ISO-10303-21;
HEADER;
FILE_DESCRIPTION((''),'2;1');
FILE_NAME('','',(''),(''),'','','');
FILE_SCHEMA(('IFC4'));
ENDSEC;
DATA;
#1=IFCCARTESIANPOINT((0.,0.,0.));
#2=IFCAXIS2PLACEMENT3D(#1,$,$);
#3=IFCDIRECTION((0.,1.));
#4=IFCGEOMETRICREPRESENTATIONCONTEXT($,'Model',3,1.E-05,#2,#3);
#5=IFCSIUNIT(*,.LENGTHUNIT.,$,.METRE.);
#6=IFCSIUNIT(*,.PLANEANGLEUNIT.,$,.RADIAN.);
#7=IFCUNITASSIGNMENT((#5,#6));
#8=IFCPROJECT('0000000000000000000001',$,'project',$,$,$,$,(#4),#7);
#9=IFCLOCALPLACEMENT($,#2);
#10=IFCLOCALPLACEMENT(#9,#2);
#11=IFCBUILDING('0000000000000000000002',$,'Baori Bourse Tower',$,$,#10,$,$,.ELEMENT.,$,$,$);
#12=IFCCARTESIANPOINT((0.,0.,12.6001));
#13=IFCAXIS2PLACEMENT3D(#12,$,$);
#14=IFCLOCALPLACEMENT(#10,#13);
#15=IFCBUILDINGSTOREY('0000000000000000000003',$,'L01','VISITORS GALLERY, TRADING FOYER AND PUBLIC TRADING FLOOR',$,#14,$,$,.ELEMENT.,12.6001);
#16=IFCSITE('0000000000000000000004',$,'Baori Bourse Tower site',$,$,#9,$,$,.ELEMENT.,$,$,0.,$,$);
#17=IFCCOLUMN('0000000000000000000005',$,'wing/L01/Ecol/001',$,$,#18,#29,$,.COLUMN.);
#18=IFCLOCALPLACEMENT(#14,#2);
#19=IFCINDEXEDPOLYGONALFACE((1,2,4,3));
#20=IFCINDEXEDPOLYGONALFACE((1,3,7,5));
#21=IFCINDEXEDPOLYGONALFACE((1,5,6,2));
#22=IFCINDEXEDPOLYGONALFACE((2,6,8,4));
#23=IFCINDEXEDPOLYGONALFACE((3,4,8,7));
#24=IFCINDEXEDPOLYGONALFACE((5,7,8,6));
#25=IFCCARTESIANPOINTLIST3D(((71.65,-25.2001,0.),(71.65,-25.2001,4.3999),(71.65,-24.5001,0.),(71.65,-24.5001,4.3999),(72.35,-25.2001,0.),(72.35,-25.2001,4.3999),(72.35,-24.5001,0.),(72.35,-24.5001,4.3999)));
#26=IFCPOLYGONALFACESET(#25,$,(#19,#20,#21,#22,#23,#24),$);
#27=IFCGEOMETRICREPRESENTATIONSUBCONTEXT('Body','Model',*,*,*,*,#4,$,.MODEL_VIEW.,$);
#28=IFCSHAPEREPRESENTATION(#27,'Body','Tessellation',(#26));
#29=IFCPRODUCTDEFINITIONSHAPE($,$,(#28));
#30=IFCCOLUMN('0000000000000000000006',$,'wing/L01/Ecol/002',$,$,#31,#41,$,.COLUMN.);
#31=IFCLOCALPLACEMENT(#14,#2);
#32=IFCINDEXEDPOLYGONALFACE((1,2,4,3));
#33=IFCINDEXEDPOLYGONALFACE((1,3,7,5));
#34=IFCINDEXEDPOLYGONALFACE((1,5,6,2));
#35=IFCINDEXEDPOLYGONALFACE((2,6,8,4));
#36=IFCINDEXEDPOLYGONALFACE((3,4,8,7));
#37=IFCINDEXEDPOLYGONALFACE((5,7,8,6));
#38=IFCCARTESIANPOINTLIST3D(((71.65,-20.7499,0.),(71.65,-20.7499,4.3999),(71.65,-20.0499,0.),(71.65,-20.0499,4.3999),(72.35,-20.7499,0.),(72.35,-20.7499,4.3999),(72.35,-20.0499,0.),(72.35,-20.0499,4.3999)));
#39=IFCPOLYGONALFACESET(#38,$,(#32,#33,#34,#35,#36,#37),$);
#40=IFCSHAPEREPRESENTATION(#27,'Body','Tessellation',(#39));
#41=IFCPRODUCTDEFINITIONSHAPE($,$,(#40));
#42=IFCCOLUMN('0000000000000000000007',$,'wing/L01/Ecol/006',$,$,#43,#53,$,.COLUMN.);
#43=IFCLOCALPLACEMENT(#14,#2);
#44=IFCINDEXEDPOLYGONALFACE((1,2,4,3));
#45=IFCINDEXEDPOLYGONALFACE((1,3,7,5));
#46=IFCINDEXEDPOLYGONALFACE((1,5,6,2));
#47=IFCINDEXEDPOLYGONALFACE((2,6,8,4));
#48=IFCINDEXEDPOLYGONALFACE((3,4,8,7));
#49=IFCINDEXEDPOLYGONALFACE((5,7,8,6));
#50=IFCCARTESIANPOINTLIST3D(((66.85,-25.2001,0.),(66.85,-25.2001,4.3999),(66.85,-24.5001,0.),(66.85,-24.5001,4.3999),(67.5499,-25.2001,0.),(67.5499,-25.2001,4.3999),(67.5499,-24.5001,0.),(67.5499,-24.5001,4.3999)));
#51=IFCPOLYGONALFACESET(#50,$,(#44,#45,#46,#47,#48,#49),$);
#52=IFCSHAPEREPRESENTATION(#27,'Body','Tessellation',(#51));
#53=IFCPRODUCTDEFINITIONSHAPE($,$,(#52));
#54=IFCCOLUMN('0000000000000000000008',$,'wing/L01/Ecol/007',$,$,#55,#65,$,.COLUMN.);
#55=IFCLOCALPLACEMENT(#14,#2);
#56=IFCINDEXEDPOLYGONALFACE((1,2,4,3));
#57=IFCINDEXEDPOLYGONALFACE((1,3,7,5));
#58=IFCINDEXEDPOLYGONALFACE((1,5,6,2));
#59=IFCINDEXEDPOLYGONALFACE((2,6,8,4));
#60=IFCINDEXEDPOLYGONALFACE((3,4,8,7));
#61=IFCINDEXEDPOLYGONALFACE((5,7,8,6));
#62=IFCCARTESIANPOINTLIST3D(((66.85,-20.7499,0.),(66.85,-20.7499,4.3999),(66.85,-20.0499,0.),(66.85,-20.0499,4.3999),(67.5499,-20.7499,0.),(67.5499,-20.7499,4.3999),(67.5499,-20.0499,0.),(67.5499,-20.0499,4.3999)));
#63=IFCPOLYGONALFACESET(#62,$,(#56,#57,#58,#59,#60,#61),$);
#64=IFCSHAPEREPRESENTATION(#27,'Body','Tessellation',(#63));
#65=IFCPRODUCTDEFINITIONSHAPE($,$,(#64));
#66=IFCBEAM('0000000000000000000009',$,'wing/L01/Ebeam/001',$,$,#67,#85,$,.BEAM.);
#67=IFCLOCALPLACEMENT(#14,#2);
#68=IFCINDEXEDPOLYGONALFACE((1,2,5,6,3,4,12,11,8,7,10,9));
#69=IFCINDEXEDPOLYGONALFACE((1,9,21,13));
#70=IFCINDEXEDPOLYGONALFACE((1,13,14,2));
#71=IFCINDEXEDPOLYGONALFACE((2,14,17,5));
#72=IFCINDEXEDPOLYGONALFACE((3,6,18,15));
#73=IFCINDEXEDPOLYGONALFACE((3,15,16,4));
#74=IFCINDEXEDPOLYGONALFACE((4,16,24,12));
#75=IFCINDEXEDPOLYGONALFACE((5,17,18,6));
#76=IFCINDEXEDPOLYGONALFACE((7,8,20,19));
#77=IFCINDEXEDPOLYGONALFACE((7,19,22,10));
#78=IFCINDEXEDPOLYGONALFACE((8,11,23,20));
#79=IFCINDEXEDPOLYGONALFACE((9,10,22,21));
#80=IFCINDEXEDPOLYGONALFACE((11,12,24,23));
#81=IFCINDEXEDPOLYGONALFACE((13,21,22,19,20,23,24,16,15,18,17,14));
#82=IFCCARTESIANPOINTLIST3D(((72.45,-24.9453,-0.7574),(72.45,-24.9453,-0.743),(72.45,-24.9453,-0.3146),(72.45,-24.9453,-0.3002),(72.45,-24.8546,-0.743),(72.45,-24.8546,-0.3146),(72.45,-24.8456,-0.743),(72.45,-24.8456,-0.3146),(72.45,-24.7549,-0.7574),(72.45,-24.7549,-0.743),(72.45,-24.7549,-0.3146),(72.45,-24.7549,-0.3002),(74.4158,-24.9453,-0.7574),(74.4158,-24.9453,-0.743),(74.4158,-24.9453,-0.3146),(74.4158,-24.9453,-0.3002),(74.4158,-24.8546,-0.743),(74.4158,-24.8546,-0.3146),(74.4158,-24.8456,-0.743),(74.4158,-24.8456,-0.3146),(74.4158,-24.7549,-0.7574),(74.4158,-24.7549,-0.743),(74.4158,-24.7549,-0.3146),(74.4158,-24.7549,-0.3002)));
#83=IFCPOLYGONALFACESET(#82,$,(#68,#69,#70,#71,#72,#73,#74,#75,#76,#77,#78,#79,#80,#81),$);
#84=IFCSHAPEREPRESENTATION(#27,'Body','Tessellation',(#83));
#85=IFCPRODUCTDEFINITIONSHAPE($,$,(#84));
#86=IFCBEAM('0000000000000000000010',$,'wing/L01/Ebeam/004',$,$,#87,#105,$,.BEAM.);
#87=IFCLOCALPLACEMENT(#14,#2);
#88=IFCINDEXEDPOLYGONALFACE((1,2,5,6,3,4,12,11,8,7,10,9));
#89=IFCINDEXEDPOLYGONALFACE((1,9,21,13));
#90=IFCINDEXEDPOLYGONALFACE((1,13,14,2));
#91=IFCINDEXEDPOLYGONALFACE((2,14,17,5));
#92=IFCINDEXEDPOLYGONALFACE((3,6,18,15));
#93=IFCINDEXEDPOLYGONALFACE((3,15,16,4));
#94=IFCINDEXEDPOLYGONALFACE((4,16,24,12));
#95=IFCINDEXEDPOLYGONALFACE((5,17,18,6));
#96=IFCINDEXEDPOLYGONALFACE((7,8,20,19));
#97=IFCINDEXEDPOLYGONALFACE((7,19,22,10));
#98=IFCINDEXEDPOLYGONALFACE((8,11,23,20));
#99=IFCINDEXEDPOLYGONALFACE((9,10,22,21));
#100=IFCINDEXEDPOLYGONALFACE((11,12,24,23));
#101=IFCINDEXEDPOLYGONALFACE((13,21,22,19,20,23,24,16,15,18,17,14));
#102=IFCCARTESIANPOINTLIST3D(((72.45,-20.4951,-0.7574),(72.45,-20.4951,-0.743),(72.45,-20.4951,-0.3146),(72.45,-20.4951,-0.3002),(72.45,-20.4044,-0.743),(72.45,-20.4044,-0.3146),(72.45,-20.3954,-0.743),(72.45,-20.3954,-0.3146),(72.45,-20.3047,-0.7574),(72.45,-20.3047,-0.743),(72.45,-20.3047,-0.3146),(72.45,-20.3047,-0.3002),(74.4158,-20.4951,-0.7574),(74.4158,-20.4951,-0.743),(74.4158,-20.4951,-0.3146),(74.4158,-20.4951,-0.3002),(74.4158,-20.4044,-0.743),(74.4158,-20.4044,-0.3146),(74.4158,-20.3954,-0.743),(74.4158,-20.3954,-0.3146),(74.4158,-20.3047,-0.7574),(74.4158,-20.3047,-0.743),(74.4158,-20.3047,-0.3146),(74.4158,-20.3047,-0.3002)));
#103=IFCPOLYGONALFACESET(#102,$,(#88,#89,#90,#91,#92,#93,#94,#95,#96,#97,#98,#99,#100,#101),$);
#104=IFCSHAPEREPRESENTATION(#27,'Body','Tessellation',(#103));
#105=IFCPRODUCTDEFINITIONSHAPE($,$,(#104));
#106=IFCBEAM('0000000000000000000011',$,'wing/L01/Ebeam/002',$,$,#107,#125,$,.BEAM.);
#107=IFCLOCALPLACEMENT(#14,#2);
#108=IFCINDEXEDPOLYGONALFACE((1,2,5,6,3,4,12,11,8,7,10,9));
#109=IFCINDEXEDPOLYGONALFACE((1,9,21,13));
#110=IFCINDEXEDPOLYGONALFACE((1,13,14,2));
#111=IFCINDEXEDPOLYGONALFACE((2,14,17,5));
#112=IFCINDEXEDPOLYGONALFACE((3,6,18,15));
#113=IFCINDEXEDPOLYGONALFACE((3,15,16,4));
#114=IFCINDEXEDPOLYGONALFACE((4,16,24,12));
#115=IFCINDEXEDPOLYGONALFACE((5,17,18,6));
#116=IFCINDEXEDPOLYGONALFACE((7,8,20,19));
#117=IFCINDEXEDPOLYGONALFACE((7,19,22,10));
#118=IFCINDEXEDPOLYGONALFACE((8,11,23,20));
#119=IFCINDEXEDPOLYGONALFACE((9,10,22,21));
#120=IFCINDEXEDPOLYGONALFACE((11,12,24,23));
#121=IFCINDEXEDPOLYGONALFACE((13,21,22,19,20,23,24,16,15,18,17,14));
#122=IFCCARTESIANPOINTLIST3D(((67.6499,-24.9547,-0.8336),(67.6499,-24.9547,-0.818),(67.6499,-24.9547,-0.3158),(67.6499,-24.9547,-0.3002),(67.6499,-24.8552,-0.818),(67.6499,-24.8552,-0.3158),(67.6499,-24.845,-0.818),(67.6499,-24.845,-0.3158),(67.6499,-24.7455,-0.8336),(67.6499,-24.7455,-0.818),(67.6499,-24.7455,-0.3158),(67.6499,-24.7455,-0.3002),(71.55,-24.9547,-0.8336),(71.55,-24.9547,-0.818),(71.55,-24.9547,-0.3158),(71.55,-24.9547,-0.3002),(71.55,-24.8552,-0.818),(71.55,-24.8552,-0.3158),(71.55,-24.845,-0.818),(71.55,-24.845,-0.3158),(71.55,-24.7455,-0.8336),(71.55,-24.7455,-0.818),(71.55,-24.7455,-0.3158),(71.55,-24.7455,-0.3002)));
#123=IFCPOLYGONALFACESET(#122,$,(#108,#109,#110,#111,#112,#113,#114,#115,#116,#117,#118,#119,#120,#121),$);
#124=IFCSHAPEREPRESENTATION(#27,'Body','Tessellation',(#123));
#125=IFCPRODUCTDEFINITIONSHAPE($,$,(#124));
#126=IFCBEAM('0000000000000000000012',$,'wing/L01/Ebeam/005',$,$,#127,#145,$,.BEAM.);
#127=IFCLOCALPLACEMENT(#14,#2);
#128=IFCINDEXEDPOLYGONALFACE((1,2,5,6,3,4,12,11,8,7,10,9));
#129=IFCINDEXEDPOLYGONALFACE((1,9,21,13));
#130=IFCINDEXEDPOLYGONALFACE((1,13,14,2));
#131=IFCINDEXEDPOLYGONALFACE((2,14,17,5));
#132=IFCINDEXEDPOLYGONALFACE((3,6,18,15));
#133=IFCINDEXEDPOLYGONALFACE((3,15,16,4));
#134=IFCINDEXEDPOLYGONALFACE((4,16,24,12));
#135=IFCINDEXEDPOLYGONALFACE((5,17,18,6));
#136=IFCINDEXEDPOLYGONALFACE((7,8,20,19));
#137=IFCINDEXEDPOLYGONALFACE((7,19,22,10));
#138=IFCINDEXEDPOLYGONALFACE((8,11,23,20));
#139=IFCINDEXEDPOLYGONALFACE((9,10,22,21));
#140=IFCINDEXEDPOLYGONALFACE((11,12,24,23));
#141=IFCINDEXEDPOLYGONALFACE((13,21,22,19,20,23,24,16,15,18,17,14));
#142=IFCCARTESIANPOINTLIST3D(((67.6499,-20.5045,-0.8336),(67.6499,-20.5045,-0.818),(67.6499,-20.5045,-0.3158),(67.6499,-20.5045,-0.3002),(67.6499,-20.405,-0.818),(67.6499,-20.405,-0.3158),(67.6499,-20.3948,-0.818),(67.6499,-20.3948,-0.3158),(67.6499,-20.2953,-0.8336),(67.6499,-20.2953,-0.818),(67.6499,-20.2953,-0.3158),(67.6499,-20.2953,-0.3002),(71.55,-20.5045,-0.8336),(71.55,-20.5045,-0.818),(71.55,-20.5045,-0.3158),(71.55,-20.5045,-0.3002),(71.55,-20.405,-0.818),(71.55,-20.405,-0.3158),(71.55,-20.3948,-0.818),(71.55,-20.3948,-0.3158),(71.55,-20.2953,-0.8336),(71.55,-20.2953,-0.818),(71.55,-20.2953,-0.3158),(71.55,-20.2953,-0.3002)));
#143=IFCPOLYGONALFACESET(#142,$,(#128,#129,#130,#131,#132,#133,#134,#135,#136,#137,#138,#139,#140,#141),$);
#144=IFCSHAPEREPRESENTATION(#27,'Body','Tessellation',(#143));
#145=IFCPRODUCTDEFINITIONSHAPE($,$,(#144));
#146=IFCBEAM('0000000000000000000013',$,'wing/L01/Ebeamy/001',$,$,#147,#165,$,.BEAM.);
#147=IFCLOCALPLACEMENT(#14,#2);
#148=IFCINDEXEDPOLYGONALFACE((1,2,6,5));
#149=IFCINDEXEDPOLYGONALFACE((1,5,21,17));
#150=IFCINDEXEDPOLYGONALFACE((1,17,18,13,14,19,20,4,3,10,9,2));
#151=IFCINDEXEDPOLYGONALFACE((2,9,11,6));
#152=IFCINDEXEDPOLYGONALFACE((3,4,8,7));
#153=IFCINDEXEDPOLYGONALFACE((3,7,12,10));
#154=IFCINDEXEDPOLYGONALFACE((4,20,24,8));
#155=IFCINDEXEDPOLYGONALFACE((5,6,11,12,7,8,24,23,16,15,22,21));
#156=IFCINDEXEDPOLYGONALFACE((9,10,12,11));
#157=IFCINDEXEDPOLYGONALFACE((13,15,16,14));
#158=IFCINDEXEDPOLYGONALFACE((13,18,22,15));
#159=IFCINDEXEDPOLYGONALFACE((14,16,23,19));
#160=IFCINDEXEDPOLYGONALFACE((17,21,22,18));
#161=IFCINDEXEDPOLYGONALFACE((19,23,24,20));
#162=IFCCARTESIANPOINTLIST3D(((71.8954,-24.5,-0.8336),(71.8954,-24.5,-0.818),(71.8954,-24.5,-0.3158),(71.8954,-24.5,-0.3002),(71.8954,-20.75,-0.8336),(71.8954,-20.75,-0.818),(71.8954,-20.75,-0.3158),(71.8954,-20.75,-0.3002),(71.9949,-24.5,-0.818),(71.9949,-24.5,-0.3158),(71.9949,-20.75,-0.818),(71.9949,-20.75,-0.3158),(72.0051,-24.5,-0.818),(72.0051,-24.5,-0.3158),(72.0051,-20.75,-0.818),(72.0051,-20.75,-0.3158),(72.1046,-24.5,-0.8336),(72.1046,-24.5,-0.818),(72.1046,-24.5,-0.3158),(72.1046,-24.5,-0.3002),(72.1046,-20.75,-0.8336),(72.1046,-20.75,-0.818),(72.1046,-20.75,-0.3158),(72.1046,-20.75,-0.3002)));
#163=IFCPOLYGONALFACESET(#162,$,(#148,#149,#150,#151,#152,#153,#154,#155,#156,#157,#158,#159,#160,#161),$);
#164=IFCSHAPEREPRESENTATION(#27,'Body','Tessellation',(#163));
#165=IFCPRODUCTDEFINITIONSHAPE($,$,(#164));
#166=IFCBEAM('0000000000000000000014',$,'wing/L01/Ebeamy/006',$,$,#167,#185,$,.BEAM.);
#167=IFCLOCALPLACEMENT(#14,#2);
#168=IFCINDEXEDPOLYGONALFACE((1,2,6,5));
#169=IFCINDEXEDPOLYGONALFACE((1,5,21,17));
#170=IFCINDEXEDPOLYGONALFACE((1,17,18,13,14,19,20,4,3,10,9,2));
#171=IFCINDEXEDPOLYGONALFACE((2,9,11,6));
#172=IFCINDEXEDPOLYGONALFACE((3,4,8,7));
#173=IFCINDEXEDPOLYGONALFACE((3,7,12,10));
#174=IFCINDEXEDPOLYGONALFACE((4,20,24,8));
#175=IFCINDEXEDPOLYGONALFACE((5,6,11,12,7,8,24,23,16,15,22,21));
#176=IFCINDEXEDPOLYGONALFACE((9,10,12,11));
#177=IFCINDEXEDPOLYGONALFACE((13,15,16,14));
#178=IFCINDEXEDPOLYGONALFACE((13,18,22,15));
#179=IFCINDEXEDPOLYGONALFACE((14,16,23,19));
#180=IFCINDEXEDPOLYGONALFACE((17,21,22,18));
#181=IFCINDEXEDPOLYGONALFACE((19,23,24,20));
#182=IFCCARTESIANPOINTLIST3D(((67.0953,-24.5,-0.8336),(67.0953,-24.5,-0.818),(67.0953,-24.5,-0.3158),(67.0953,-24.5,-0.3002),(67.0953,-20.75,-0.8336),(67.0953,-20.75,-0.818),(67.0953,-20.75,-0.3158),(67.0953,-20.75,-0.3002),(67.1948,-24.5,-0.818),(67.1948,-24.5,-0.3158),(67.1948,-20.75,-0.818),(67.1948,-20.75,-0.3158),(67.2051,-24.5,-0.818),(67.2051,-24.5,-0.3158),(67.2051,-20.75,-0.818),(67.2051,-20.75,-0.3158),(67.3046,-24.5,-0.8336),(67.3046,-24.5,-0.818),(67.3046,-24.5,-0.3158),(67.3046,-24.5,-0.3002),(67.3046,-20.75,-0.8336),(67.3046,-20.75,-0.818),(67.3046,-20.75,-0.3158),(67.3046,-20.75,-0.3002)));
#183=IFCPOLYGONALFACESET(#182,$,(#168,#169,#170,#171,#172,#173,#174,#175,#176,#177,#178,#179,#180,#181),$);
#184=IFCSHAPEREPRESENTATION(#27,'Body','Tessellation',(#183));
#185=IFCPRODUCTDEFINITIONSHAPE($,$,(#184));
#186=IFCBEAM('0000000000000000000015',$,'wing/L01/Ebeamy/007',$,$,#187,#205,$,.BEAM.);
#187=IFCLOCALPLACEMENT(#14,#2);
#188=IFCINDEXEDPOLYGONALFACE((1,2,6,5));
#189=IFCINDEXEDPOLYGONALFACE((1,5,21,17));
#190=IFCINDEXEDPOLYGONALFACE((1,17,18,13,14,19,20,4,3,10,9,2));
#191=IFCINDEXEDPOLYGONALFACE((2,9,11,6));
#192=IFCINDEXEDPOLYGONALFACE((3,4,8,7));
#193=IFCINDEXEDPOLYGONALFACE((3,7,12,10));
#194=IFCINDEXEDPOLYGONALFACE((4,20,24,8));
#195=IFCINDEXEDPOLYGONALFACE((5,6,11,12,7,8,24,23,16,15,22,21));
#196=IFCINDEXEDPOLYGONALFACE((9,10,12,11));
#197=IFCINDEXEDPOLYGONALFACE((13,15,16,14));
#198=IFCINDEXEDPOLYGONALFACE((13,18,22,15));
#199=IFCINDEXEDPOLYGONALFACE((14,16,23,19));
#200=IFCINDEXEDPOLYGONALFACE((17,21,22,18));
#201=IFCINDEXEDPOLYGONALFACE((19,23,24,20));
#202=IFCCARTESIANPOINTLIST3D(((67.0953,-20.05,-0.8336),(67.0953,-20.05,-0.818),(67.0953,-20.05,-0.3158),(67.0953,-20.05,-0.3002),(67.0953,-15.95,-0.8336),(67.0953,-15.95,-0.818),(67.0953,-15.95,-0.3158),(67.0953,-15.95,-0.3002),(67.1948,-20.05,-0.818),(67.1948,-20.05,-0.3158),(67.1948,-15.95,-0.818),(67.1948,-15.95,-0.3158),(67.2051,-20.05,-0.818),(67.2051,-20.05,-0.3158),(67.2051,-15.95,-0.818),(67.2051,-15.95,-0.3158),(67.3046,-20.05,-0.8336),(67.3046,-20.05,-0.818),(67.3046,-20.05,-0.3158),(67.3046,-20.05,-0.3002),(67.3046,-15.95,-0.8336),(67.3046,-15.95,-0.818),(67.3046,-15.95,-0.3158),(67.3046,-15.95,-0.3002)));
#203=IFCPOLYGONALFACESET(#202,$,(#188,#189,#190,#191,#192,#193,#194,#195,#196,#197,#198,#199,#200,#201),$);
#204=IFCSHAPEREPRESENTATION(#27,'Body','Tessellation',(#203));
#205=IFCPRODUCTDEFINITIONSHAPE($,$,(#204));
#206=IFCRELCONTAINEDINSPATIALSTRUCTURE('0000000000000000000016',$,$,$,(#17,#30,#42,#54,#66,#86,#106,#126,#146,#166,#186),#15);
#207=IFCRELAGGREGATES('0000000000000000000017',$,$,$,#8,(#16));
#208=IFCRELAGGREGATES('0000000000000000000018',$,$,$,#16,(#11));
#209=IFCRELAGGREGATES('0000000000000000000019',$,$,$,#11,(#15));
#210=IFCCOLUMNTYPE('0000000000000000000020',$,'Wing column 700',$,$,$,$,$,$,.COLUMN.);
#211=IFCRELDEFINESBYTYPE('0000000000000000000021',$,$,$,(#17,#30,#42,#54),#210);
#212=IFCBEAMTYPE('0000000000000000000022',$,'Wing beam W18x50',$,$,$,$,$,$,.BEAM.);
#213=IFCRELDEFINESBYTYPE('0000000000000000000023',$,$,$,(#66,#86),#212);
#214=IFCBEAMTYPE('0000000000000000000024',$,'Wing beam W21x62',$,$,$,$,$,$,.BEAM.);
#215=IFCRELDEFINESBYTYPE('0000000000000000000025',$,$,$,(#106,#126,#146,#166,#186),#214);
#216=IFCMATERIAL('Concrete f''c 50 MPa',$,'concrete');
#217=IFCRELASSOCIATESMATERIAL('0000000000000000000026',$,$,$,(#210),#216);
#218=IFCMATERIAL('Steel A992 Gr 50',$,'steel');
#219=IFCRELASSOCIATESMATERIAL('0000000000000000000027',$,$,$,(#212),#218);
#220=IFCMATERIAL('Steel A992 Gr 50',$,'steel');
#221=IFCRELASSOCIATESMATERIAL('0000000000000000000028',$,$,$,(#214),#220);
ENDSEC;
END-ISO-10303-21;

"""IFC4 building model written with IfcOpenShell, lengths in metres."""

from ifc_helpers import new_model, si_unit, direction, frame, origin, origin_2d, place, context, subcontext, project, spatial, rectangle, i_section, extrude, material, material_profile, profile_set, type_object, element, save


model = new_model("IFC4")

# Units and contexts
model_context = context("Model", 3, precision=1e-05, world=origin(), true_north=direction((0.0, 1.0)))
body_context = subcontext(model_context, "Body", "Model", "MODEL_VIEW")
ifc_project = project(units=[si_unit("LENGTHUNIT", "METRE"), si_unit("PLANEANGLEUNIT", "RADIAN")], contexts=[model_context])

# Site, building, storey
site_placement = place(None, origin())
site = spatial("IfcSite", under=ifc_project, at=site_placement, Name="Baori Bourse Tower site", CompositionType="ELEMENT", RefElevation=0.0)
building_placement = place(site_placement, origin())
building = spatial("IfcBuilding", under=site, at=building_placement, Name="Baori Bourse Tower", CompositionType="ELEMENT")
storey_placement = place(building_placement, frame((0.0, 0.0, 12.6001)))
storey = spatial("IfcBuildingStorey", under=building, at=storey_placement, Name="L01", Description="VISITORS GALLERY, TRADING FOYER AND PUBLIC TRADING FLOOR", CompositionType="ELEMENT", Elevation=12.6001)

# Columns
ifc_material_1 = material(Name="Concrete f'c 50 MPa", Category="concrete")
ifc_material_profile_1 = material_profile(ifc_material_1, rectangle(XDim=0.7, YDim=0.7, at=origin_2d()), Name="Wing column 700")
ifc_profile_set_1 = profile_set([ifc_material_profile_1], Name="Concrete f'c 50 MPa")
column_type = type_object("IfcColumnType", Name="Wing column 700", PredefinedType="COLUMN", material=ifc_profile_set_1)
for number, where, z_axis, x_axis, name in (
    (1, (72.0, -24.8501, 0.0), (0.0, 0.0, 1.0), (1.0, 0.0, 0.0), "wing/L01/Ecol/001"),
    (2, (72.0, -20.3999, 0.0), (0.0, 0.0, 1.0), (1.0, 0.0, 0.0), "wing/L01/Ecol/002"),
    (3, (67.2, -24.8501, 0.0), (0.0, 0.0, 1.0), (1.0, 0.0, 0.0), "wing/L01/Ecol/006"),
    (4, (67.2, -20.3999, 0.0), (0.0, 0.0, 1.0), (1.0, 0.0, 0.0), "wing/L01/Ecol/007"),
):
    element("IfcColumn", number, at=place(storey_placement, frame(where, z_axis=z_axis, x_axis=x_axis)), inside=storey, type_object=column_type, Name=name, PredefinedType="COLUMN", context=body_context, shape_type="SweptSolid", body=[
        extrude(rectangle(XDim=0.7, YDim=0.7, at=origin_2d()), origin(), (0.0, 0.0, 1.0), 4.3999),
    ])

# Beams
ifc_material_2 = material(Name="Steel A992 Gr 50", Category="steel")
ifc_material_profile_2 = material_profile(ifc_material_2, i_section(OverallWidth=0.1904, OverallDepth=0.4573, WebThickness=0.009, FlangeThickness=0.0144, at=origin_2d()), Name="W18x50")
ifc_profile_set_2 = profile_set([ifc_material_profile_2], Name="Steel A992 Gr 50")
beam_type_1 = type_object("IfcBeamType", Name="Wing beam W18x50", PredefinedType="BEAM", material=ifc_profile_set_2)
for number, where, z_axis, x_axis, name in (
    (5, (74.4158, -24.8501, -0.5288), (-1.0, 0.0, 0.0), (0.0, -1.0, 0.0), "wing/L01/Ebeam/001"),
    (6, (74.4158, -20.3999, -0.5288), (-1.0, 0.0, 0.0), (0.0, -1.0, 0.0), "wing/L01/Ebeam/004"),
):
    element("IfcBeam", number, at=place(storey_placement, frame(where, z_axis=z_axis, x_axis=x_axis)), inside=storey, type_object=beam_type_1, Name=name, PredefinedType="BEAM", context=body_context, shape_type="SweptSolid", body=[
        extrude(i_section(OverallWidth=0.1904, OverallDepth=0.4573, WebThickness=0.009, FlangeThickness=0.0144, at=origin_2d()), origin(), (0.0, 0.0, 1.0), 1.9658),
    ])
ifc_material_3 = material(Name="Steel A992 Gr 50", Category="steel")
ifc_material_profile_3 = material_profile(ifc_material_3, i_section(OverallWidth=0.2092, OverallDepth=0.5334, WebThickness=0.0103, FlangeThickness=0.0156, at=origin_2d()), Name="W21x62")
ifc_profile_set_3 = profile_set([ifc_material_profile_3], Name="Steel A992 Gr 50")
beam_type_2 = type_object("IfcBeamType", Name="Wing beam W21x62", PredefinedType="BEAM", material=ifc_profile_set_3)
for number, where, z_axis, x_axis, name in (
    (7, (71.55, -24.8501, -0.5669), (-1.0, 0.0, 0.0), (0.0, -1.0, 0.0), "wing/L01/Ebeam/002"),
    (8, (71.55, -20.3999, -0.5669), (-1.0, 0.0, 0.0), (0.0, -1.0, 0.0), "wing/L01/Ebeam/005"),
):
    element("IfcBeam", number, at=place(storey_placement, frame(where, z_axis=z_axis, x_axis=x_axis)), inside=storey, type_object=beam_type_2, Name=name, PredefinedType="BEAM", context=body_context, shape_type="SweptSolid", body=[
        extrude(i_section(OverallWidth=0.2092, OverallDepth=0.5334, WebThickness=0.0103, FlangeThickness=0.0156, at=origin_2d()), origin(), (0.0, 0.0, 1.0), 3.9001),
    ])
for number, where, z_axis, x_axis, name in (
    (9, (72.0, -24.5, -0.5669), (0.0, 1.0, 0.0), (-1.0, 0.0, 0.0), "wing/L01/Ebeamy/001"),
    (10, (67.2, -24.5, -0.5669), (0.0, 1.0, 0.0), (-1.0, 0.0, 0.0), "wing/L01/Ebeamy/006"),
):
    element("IfcBeam", number, at=place(storey_placement, frame(where, z_axis=z_axis, x_axis=x_axis)), inside=storey, type_object=beam_type_2, Name=name, PredefinedType="BEAM", context=body_context, shape_type="SweptSolid", body=[
        extrude(i_section(OverallWidth=0.2092, OverallDepth=0.5334, WebThickness=0.0103, FlangeThickness=0.0156, at=origin_2d()), origin(), (0.0, 0.0, 1.0), 3.75),
    ])
beam_placement = place(storey_placement, frame((67.2, -20.05, -0.5669), z_axis=(0.0, 1.0, 0.0), x_axis=(-1.0, 0.0, 0.0)))
element("IfcBeam", 11, at=beam_placement, inside=storey, type_object=beam_type_2, Name="wing/L01/Ebeamy/007", PredefinedType="BEAM", context=body_context, shape_type="SweptSolid", body=[
    extrude(i_section(OverallWidth=0.2092, OverallDepth=0.5334, WebThickness=0.0103, FlangeThickness=0.0156, at=origin_2d()), origin(), (0.0, 0.0, 1.0), 4.1001),
])

save(model, "model.ifc")
